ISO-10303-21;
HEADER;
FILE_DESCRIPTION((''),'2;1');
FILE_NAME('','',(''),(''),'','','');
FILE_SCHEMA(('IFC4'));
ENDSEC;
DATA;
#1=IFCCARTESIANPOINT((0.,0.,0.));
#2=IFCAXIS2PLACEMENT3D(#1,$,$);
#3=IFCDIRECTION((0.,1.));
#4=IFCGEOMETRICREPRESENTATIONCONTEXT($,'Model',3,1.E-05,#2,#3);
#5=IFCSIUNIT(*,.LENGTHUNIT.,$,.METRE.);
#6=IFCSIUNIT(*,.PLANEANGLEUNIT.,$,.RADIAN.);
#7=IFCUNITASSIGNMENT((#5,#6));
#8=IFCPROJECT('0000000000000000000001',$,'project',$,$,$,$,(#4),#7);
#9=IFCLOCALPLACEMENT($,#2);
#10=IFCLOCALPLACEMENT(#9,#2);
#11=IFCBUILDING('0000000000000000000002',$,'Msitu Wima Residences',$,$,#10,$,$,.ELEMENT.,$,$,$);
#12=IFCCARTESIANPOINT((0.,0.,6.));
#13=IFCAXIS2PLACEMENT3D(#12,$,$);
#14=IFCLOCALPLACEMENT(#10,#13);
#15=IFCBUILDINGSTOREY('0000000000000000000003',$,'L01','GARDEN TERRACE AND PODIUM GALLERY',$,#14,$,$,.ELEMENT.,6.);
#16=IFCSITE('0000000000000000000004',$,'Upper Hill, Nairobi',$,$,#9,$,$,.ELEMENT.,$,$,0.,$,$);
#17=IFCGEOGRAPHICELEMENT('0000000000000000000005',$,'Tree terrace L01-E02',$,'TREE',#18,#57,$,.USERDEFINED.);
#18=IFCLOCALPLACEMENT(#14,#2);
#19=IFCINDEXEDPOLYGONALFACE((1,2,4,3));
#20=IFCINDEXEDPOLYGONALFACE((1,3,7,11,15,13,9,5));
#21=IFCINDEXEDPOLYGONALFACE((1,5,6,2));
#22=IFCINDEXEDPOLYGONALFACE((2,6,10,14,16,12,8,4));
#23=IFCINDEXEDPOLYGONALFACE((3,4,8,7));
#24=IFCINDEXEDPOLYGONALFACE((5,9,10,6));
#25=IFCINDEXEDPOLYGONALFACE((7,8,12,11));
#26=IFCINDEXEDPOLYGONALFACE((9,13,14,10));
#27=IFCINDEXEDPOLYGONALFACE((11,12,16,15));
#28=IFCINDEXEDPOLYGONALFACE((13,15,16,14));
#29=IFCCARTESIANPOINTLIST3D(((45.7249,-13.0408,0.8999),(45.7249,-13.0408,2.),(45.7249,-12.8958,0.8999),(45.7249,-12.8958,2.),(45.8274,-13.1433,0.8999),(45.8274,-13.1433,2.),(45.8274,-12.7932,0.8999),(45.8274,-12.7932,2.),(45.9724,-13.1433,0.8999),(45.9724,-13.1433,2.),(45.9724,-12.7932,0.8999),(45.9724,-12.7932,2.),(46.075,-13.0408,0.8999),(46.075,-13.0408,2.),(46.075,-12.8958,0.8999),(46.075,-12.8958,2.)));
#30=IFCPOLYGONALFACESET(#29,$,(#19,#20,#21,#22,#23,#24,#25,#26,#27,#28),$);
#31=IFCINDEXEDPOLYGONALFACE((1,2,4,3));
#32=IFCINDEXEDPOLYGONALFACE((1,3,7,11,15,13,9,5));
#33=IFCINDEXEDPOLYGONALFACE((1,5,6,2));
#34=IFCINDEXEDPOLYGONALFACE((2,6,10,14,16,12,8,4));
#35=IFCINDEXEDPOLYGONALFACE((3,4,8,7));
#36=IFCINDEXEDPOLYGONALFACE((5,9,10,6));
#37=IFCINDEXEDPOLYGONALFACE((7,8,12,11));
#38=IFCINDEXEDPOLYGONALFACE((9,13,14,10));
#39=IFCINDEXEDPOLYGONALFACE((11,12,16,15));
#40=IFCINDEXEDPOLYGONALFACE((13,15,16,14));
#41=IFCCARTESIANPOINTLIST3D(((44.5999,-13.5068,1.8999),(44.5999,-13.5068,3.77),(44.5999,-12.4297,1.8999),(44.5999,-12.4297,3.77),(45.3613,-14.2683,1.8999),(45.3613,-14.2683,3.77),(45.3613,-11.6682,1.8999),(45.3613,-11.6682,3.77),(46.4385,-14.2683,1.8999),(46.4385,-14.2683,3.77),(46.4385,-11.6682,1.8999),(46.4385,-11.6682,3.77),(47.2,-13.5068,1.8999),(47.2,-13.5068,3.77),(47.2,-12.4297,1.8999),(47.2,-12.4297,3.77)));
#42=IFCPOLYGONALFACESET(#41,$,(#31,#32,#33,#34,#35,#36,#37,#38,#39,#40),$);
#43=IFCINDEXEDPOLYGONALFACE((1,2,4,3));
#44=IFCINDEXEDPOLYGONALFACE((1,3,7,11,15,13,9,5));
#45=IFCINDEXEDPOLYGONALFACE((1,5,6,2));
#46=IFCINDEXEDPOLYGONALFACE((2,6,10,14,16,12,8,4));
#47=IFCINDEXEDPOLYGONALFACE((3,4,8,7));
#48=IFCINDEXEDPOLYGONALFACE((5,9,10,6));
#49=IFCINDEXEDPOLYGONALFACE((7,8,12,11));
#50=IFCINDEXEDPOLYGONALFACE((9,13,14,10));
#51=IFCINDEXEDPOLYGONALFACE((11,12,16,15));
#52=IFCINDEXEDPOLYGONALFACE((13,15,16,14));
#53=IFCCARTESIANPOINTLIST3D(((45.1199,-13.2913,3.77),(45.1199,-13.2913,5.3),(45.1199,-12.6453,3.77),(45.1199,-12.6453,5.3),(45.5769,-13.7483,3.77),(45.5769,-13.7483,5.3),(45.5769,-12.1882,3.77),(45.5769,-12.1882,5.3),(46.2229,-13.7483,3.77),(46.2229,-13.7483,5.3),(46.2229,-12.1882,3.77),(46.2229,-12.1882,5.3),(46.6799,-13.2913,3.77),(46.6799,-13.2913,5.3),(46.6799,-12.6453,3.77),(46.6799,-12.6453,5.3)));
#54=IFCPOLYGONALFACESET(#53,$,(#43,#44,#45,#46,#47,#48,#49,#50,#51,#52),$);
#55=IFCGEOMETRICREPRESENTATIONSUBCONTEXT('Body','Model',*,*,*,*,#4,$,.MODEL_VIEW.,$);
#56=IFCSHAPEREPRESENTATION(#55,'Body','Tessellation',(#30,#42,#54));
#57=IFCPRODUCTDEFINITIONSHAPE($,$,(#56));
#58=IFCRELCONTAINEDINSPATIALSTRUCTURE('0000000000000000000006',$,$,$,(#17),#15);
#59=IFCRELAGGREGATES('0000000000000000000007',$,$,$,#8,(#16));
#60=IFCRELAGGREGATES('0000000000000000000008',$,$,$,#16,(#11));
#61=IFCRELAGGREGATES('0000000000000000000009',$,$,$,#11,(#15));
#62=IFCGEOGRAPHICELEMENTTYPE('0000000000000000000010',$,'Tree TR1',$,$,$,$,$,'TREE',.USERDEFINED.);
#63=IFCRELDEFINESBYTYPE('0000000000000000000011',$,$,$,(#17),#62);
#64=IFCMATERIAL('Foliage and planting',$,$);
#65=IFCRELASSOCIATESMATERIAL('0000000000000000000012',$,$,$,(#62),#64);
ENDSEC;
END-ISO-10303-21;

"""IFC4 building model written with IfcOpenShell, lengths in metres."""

from ifc_helpers import new_model, si_unit, direction, frame, origin, place, context, subcontext, project, spatial, polyline, outline, extrude, material, type_object, element, save


model = new_model("IFC4")

# Units and contexts
model_context = context("Model", 3, precision=1e-05, world=origin(), true_north=direction((0.0, 1.0)))
body_context = subcontext(model_context, "Body", "Model", "MODEL_VIEW")
ifc_project = project(units=[si_unit("LENGTHUNIT", "METRE"), si_unit("PLANEANGLEUNIT", "RADIAN")], contexts=[model_context])

# Site, building, storey
site_placement = place(None, origin())
site = spatial("IfcSite", under=ifc_project, at=site_placement, Name="Upper Hill, Nairobi", CompositionType="ELEMENT", RefElevation=0.0)
building_placement = place(site_placement, origin())
building = spatial("IfcBuilding", under=site, at=building_placement, Name="Msitu Wima Residences", CompositionType="ELEMENT")
storey_placement = place(building_placement, frame((0.0, 0.0, 6.0)))
storey = spatial("IfcBuildingStorey", under=building, at=storey_placement, Name="L01", Description="GARDEN TERRACE AND PODIUM GALLERY", CompositionType="ELEMENT", Elevation=6.0)

# Geographic element
ifc_material_1 = material(Name="Foliage and planting")
geographic_element_type = type_object("IfcGeographicElementType", Name="Tree TR1", ElementType="TREE", PredefinedType="USERDEFINED", material=ifc_material_1)
for number, where, z_axis, x_axis, name in (
    (1, (45.8999, -12.9683, 0.8999), (0.0, 0.0, 1.0), (1.0, 0.0, 0.0), "Tree terrace L01-E02"),
):
    element("IfcGeographicElement", number, at=place(storey_placement, frame(where, z_axis=z_axis, x_axis=x_axis)), inside=storey, type_object=geographic_element_type, Name=name, ObjectType="TREE", PredefinedType="USERDEFINED", context=body_context, shape_type="SweptSolid", body=[
        extrude(outline(polyline([(0.175, 0.0725), (0.0725, 0.175), (-0.0725, 0.175), (-0.175, 0.0725), (-0.175, -0.0725), (-0.0725, -0.175), (0.0725, -0.175), (0.175, -0.0725), (0.175, 0.0725)])), origin(), (0.0, 0.0, 1.0), 1.1001),
        extrude(outline(polyline([(1.3, 0.5386), (0.5386, 1.3), (-0.5386, 1.3), (-1.3, 0.5386), (-1.3, -0.5386), (-0.5386, -1.3), (0.5386, -1.3), (1.3, -0.5386), (1.3, 0.5386)])), frame((0.0, 0.0, 1.0)), (0.0, 0.0, 1.0), 1.8701),
        extrude(outline(polyline([(0.78, 0.323), (0.323, 0.78), (-0.323, 0.78), (-0.78, 0.323), (-0.78, -0.323), (-0.323, -0.78), (0.323, -0.78), (0.78, -0.323), (0.78, 0.323)])), frame((0.0, 0.0, 2.8701)), (0.0, 0.0, 1.0), 1.53),
    ])

save(model, "model.ifc")
